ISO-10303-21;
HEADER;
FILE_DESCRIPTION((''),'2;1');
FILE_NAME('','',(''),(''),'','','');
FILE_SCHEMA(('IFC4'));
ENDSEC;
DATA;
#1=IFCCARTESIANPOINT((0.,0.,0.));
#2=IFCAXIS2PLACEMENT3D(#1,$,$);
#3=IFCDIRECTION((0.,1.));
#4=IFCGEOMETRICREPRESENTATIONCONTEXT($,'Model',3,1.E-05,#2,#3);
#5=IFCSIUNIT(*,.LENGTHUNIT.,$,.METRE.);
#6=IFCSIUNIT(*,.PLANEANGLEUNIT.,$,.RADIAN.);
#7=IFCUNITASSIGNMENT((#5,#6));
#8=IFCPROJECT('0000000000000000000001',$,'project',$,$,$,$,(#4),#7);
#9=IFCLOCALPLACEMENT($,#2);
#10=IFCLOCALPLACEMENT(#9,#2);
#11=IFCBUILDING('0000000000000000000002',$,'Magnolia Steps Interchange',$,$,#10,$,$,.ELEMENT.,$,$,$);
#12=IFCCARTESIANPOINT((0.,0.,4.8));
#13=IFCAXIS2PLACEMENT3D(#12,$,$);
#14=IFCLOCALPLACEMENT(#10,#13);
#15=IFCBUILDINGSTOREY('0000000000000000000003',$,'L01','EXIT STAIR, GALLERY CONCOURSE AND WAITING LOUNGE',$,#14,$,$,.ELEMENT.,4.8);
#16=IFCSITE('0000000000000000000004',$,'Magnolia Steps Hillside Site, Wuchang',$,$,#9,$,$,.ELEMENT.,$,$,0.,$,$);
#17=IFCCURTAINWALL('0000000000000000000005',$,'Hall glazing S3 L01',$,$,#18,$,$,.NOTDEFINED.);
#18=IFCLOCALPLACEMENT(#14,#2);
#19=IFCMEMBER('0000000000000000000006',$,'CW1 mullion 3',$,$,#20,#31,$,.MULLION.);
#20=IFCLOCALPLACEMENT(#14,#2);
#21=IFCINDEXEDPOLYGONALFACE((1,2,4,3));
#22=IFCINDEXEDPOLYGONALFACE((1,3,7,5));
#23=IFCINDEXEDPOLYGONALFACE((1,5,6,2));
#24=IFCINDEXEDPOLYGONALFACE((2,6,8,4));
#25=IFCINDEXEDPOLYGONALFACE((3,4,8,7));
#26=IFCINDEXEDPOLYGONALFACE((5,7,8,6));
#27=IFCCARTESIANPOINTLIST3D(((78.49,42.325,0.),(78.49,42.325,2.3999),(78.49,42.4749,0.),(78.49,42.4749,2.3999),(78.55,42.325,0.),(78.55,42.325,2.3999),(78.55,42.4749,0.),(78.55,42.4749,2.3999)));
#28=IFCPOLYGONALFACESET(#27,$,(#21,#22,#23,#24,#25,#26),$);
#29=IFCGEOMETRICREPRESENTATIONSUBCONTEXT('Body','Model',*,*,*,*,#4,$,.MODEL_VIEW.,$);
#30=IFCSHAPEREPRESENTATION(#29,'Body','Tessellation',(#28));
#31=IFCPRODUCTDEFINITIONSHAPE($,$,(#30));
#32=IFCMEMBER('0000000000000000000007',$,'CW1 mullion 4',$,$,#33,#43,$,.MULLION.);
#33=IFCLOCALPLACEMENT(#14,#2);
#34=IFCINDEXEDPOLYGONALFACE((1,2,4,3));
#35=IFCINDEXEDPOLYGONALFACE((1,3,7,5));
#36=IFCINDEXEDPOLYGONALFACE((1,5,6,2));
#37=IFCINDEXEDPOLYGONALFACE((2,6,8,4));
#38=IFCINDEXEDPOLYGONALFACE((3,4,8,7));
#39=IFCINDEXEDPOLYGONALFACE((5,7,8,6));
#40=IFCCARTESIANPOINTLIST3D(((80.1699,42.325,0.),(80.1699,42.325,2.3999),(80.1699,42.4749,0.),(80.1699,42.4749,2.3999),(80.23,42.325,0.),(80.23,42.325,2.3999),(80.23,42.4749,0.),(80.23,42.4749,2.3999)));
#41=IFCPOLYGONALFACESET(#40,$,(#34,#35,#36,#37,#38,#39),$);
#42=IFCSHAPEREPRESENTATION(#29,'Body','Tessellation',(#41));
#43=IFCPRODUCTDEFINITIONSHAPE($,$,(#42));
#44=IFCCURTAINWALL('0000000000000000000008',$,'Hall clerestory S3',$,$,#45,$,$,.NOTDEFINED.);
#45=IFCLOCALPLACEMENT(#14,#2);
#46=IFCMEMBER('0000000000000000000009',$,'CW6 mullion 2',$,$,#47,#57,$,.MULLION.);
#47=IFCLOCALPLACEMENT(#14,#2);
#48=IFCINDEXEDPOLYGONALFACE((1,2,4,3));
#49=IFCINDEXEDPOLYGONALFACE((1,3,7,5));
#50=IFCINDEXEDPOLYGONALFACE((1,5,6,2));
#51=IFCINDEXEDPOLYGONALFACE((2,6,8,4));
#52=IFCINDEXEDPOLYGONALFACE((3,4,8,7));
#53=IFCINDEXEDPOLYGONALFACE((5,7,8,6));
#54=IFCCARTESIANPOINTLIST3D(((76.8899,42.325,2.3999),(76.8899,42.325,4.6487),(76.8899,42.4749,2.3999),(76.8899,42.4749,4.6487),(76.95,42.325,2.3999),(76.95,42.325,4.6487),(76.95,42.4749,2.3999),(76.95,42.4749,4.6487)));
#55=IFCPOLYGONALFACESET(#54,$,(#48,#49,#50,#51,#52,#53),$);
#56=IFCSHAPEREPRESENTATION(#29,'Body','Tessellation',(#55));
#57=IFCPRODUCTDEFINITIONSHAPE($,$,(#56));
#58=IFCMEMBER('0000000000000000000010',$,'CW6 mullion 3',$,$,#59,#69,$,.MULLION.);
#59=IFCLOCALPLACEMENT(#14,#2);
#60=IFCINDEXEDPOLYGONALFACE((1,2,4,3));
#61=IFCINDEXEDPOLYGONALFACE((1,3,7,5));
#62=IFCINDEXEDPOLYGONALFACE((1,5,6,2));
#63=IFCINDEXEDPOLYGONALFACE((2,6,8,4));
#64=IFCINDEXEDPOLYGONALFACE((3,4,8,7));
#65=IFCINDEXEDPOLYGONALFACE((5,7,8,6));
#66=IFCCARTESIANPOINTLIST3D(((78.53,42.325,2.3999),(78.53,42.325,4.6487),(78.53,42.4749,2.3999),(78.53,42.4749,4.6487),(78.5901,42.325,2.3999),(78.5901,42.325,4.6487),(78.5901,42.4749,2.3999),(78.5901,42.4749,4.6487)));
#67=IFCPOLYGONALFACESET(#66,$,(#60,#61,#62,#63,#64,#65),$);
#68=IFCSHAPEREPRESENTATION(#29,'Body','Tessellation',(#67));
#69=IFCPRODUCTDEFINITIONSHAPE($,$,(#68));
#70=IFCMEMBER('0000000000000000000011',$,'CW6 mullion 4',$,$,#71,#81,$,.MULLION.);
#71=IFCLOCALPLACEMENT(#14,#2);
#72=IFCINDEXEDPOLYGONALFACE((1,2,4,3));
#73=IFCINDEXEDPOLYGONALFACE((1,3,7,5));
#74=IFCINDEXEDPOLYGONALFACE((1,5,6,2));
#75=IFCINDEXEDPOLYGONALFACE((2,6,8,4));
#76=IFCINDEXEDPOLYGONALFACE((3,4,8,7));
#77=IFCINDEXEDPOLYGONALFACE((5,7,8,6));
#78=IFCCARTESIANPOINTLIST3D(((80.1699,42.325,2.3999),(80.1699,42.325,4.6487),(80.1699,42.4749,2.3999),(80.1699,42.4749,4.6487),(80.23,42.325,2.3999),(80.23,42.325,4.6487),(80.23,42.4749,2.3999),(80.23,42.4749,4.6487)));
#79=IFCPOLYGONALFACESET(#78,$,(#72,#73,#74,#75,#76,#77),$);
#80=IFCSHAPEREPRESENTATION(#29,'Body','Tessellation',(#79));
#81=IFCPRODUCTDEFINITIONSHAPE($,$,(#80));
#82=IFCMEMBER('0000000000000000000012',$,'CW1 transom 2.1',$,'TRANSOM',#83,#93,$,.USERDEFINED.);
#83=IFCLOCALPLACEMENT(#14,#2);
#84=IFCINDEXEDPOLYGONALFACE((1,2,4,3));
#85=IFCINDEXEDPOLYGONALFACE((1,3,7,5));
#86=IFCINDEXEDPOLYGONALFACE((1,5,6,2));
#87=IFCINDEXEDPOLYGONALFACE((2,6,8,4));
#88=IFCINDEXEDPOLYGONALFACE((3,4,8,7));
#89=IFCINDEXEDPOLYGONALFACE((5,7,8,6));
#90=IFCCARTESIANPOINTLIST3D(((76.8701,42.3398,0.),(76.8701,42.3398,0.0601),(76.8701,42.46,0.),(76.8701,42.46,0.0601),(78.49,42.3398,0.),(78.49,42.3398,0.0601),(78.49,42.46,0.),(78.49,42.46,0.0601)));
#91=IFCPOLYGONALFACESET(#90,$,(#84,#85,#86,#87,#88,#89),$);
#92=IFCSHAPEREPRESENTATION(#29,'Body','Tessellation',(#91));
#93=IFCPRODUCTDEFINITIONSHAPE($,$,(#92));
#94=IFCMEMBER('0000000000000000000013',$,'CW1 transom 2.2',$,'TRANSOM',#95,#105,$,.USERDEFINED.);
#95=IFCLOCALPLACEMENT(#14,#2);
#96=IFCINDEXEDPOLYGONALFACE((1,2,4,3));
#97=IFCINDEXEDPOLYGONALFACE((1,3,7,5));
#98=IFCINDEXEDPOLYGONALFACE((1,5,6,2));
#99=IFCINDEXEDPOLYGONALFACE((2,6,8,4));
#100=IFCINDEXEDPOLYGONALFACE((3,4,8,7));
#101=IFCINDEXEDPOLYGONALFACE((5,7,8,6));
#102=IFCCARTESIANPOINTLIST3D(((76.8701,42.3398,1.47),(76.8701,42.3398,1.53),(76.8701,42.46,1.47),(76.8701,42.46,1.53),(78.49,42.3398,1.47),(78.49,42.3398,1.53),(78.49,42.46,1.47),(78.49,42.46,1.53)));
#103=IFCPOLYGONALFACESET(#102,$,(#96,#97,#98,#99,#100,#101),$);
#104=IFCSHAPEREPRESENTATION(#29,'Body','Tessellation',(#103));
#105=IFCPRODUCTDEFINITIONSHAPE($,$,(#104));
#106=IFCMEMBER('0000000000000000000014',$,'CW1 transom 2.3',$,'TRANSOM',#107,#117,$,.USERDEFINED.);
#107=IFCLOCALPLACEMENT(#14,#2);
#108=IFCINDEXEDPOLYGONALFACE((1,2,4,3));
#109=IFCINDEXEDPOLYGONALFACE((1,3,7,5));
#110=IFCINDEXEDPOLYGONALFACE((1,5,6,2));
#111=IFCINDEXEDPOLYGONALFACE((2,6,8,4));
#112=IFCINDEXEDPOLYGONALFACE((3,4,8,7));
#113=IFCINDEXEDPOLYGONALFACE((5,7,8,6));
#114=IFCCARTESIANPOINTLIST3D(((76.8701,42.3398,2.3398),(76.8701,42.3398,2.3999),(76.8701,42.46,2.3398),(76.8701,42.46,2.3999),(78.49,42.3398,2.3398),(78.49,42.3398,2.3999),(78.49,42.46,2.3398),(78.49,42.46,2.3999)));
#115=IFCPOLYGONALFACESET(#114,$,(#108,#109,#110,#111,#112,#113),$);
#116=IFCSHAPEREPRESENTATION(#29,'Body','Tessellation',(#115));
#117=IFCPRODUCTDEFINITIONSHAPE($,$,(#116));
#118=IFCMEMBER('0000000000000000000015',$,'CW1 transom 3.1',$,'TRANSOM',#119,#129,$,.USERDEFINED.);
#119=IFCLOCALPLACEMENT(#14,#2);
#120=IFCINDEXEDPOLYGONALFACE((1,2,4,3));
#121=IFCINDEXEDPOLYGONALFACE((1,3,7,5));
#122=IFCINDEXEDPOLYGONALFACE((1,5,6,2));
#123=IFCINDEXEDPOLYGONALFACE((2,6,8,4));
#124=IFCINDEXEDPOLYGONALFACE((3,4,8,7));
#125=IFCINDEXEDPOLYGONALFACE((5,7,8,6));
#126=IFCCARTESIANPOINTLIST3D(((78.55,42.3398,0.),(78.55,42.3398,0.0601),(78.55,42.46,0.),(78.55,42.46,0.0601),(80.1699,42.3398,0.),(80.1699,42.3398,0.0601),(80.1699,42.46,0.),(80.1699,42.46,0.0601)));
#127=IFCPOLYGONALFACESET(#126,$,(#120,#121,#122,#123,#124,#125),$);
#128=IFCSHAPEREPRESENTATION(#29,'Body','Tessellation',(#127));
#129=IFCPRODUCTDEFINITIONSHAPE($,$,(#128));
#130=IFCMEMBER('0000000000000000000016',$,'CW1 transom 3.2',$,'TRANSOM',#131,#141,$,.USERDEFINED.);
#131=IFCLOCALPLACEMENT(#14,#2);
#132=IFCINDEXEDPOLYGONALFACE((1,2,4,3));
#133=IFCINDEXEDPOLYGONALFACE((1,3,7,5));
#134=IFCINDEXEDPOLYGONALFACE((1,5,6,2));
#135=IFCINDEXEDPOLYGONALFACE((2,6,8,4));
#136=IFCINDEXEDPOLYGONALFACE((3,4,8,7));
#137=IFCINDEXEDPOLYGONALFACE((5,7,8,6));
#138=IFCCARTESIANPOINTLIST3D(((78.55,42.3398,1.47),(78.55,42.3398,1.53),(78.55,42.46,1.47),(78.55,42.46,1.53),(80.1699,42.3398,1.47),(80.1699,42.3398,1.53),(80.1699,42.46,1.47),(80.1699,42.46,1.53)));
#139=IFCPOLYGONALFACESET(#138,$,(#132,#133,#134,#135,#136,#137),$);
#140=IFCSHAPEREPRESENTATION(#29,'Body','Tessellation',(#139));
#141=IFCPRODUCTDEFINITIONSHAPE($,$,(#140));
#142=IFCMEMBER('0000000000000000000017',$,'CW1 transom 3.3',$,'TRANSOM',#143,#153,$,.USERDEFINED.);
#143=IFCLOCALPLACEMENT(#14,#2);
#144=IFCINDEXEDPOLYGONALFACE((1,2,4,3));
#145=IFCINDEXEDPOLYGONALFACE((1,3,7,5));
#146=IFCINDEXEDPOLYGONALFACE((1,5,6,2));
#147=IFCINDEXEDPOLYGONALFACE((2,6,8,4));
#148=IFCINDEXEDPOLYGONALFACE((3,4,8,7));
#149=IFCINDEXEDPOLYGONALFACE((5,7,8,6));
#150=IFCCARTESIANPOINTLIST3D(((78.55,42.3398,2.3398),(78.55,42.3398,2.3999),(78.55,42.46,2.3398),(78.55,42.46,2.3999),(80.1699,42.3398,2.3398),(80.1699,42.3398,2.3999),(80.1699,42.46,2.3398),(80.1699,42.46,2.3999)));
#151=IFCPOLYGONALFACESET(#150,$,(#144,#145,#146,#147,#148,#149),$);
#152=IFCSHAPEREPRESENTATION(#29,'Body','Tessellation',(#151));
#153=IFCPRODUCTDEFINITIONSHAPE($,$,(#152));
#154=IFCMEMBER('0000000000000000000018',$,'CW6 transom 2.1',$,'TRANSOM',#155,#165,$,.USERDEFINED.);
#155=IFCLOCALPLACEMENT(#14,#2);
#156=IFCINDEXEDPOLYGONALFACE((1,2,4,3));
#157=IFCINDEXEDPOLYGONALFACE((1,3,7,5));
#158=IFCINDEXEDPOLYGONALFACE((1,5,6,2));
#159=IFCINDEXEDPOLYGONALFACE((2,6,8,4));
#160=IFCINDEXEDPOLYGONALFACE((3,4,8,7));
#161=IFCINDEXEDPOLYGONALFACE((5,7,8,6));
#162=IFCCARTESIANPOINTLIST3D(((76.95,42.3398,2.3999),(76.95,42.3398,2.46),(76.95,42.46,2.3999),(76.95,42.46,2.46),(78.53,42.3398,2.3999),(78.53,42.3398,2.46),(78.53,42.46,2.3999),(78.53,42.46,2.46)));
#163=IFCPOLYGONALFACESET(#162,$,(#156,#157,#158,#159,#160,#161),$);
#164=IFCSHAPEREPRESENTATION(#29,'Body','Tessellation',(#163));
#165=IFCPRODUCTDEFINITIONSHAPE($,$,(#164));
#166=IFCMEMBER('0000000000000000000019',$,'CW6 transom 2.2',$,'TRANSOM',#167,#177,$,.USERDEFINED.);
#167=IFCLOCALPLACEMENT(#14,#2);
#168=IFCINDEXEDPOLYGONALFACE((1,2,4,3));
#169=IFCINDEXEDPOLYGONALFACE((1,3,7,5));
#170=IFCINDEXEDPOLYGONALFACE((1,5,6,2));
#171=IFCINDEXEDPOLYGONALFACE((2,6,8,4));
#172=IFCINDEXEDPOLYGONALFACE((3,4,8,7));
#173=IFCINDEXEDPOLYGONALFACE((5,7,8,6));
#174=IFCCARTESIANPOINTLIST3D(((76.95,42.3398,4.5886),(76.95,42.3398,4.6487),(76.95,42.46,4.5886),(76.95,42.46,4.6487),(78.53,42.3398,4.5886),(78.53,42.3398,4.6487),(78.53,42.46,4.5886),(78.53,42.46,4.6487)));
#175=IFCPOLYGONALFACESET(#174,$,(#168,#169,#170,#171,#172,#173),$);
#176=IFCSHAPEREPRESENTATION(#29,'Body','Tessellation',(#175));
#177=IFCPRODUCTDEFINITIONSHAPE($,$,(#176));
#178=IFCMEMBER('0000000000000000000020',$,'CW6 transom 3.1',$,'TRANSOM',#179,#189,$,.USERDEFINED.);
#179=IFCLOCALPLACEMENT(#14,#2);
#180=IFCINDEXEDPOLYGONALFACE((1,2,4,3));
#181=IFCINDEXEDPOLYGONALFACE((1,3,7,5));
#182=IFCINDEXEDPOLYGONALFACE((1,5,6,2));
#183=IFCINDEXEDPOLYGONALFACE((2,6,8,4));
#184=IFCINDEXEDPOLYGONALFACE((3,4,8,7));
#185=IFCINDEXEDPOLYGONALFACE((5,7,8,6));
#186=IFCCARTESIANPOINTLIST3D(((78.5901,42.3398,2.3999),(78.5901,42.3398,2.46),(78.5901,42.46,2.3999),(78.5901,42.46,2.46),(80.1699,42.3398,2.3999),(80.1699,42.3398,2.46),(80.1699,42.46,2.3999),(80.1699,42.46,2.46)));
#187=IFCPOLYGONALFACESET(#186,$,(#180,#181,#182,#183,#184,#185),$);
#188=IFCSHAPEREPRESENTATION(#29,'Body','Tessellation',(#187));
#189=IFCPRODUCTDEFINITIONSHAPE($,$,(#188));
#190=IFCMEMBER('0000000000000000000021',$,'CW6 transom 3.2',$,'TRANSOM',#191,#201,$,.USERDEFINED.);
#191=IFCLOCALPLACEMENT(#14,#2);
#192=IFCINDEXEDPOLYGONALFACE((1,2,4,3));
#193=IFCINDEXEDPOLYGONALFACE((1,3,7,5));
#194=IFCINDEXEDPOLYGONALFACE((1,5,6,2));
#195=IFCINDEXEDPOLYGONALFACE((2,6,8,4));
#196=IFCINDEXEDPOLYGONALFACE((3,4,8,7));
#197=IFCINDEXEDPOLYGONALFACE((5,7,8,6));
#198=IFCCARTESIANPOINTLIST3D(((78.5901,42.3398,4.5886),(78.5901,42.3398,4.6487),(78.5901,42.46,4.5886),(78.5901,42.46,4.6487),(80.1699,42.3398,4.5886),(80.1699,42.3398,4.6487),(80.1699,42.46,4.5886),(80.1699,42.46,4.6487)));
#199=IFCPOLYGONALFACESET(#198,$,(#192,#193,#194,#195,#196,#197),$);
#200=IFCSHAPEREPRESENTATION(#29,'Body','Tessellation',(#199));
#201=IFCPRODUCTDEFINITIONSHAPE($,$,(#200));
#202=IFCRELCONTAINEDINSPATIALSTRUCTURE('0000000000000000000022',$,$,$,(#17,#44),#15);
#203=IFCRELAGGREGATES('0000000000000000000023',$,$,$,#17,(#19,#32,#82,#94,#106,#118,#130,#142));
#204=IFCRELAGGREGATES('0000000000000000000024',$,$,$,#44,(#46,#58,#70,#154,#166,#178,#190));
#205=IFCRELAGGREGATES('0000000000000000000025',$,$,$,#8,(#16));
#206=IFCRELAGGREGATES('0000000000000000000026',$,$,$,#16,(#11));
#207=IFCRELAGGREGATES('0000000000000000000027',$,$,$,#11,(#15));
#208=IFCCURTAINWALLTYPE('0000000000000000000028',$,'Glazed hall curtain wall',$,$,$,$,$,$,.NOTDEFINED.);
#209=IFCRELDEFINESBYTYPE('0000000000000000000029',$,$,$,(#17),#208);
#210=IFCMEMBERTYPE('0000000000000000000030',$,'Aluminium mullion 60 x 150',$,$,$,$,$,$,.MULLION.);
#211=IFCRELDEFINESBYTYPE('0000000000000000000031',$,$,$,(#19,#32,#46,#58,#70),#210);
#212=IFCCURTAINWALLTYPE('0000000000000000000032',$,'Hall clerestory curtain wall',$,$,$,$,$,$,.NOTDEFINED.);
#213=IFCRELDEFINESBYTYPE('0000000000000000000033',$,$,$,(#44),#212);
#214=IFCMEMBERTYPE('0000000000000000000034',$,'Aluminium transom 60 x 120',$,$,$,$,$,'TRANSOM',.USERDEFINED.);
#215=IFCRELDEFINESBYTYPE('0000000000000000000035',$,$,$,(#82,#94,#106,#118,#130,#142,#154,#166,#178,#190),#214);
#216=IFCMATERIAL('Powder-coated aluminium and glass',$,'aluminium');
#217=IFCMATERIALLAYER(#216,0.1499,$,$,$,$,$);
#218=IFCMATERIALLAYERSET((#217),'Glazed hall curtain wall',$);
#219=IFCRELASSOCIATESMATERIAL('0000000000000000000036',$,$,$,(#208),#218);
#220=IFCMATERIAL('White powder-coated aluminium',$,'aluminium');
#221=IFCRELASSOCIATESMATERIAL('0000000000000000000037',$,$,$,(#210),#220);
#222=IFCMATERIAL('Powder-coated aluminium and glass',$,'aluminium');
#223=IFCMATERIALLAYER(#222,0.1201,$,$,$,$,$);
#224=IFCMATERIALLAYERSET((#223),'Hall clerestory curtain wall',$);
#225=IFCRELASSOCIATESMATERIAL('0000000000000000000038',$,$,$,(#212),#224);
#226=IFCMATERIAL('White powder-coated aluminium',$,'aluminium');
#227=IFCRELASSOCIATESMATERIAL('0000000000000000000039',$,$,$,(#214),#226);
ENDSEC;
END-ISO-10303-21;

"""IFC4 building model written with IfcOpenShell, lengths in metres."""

from ifc_helpers import new_model, si_unit, direction, frame, origin, origin_2d, place, context, subcontext, project, spatial, rectangle, extrude, material, layer, layer_set, material_profile, profile_set, type_object, element, aggregate, save


model = new_model("IFC4")

# Units and contexts
model_context = context("Model", 3, precision=1e-05, world=origin(), true_north=direction((0.0, 1.0)))
body_context = subcontext(model_context, "Body", "Model", "MODEL_VIEW")
ifc_project = project(units=[si_unit("LENGTHUNIT", "METRE"), si_unit("PLANEANGLEUNIT", "RADIAN")], contexts=[model_context])

# Site, building, storey
site_placement = place(None, origin())
site = spatial("IfcSite", under=ifc_project, at=site_placement, Name="Magnolia Steps Hillside Site, Wuchang", CompositionType="ELEMENT", RefElevation=0.0)
building_placement = place(site_placement, origin())
building = spatial("IfcBuilding", under=site, at=building_placement, Name="Magnolia Steps Interchange", CompositionType="ELEMENT")
storey_placement = place(building_placement, frame((0.0, 0.0, 4.8)))
storey = spatial("IfcBuildingStorey", under=building, at=storey_placement, Name="L01", Description="EXIT STAIR, GALLERY CONCOURSE AND WAITING LOUNGE", CompositionType="ELEMENT", Elevation=4.8)

# Curtain walls, members
ifc_material_1 = material(Name="Powder-coated aluminium and glass", Category="aluminium")
ifc_layer_1 = layer(ifc_material_1, 0.1499)
ifc_layer_set_1 = layer_set([ifc_layer_1], Name="Glazed hall curtain wall")
curtain_wall_type_1 = type_object("IfcCurtainWallType", Name="Glazed hall curtain wall", PredefinedType="NOTDEFINED", material=ifc_layer_set_1)
curtain_wall_1_placement = place(storey_placement, origin())
curtain_wall_1 = element("IfcCurtainWall", 1, at=curtain_wall_1_placement, inside=storey, type_object=curtain_wall_type_1, Name="Hall glazing S3 L01", PredefinedType="NOTDEFINED")
ifc_material_2 = material(Name="White powder-coated aluminium", Category="aluminium")
ifc_material_profile_1 = material_profile(ifc_material_2, rectangle(XDim=0.0601, YDim=0.1499, at=origin_2d()), Name="Aluminium mullion 60 x 150")
ifc_profile_set_1 = profile_set([ifc_material_profile_1], Name="White powder-coated aluminium")
member_type_1 = type_object("IfcMemberType", Name="Aluminium mullion 60 x 150", PredefinedType="MULLION", material=ifc_profile_set_1)
member_1_placement = place(storey_placement, frame((78.52, 42.3999, 0.0), z_axis=(0.0, 0.0, 1.0), x_axis=(1.0, 0.0, 0.0)))
member_1 = element("IfcMember", 2, at=member_1_placement, type_object=member_type_1, Name="CW1 mullion 3", PredefinedType="MULLION", context=body_context, shape_type="SweptSolid", body=[
    extrude(rectangle(XDim=0.0601, YDim=0.1499, at=origin_2d()), origin(), (0.0, 0.0, 1.0), 2.3999),
])
member_2_placement = place(storey_placement, frame((80.2, 42.3999, 0.0), z_axis=(0.0, 0.0, 1.0), x_axis=(1.0, 0.0, 0.0)))
member_2 = element("IfcMember", 3, at=member_2_placement, type_object=member_type_1, Name="CW1 mullion 4", PredefinedType="MULLION", context=body_context, shape_type="SweptSolid", body=[
    extrude(rectangle(XDim=0.0601, YDim=0.1499, at=origin_2d()), origin(), (0.0, 0.0, 1.0), 2.3999),
])
ifc_material_3 = material(Name="Powder-coated aluminium and glass", Category="aluminium")
ifc_layer_2 = layer(ifc_material_3, 0.1201)
ifc_layer_set_2 = layer_set([ifc_layer_2], Name="Hall clerestory curtain wall")
curtain_wall_type_2 = type_object("IfcCurtainWallType", Name="Hall clerestory curtain wall", PredefinedType="NOTDEFINED", material=ifc_layer_set_2)
curtain_wall_2_placement = place(storey_placement, origin())
curtain_wall_2 = element("IfcCurtainWall", 4, at=curtain_wall_2_placement, inside=storey, type_object=curtain_wall_type_2, Name="Hall clerestory S3", PredefinedType="NOTDEFINED")
member_3_placement = place(storey_placement, frame((76.9199, 42.3999, 2.3999), z_axis=(0.0, 0.0, 1.0), x_axis=(1.0, 0.0, 0.0)))
member_3 = element("IfcMember", 5, at=member_3_placement, type_object=member_type_1, Name="CW6 mullion 2", PredefinedType="MULLION", context=body_context, shape_type="SweptSolid", body=[
    extrude(rectangle(XDim=0.0601, YDim=0.1499, at=origin_2d()), origin(), (0.0, 0.0, 1.0), 2.2488),
])
member_4_placement = place(storey_placement, frame((78.5601, 42.3999, 2.3999), z_axis=(0.0, 0.0, 1.0), x_axis=(1.0, 0.0, 0.0)))
member_4 = element("IfcMember", 6, at=member_4_placement, type_object=member_type_1, Name="CW6 mullion 3", PredefinedType="MULLION", context=body_context, shape_type="SweptSolid", body=[
    extrude(rectangle(XDim=0.0601, YDim=0.1499, at=origin_2d()), origin(), (0.0, 0.0, 1.0), 2.2488),
])
member_5_placement = place(storey_placement, frame((80.2, 42.3999, 2.3999), z_axis=(0.0, 0.0, 1.0), x_axis=(1.0, 0.0, 0.0)))
member_5 = element("IfcMember", 7, at=member_5_placement, type_object=member_type_1, Name="CW6 mullion 4", PredefinedType="MULLION", context=body_context, shape_type="SweptSolid", body=[
    extrude(rectangle(XDim=0.0601, YDim=0.1499, at=origin_2d()), origin(), (0.0, 0.0, 1.0), 2.2488),
])

# Members
ifc_material_4 = material(Name="White powder-coated aluminium", Category="aluminium")
ifc_material_profile_2 = material_profile(ifc_material_4, rectangle(XDim=0.0601, YDim=0.1201, at=origin_2d()), Name="Aluminium transom 60 x 120")
ifc_profile_set_2 = profile_set([ifc_material_profile_2], Name="White powder-coated aluminium")
member_type_2 = type_object("IfcMemberType", Name="Aluminium transom 60 x 120", ElementType="TRANSOM", PredefinedType="USERDEFINED", material=ifc_profile_set_2)
member_6_placement = place(storey_placement, frame((76.8701, 42.3999, 0.03), z_axis=(1.0, 0.0, 0.0), x_axis=(0.0, 0.0, 1.0)))
member_6 = element("IfcMember", 8, at=member_6_placement, type_object=member_type_2, Name="CW1 transom 2.1", ObjectType="TRANSOM", PredefinedType="USERDEFINED", context=body_context, shape_type="SweptSolid", body=[
    extrude(rectangle(XDim=0.0601, YDim=0.1201, at=origin_2d()), origin(), (0.0, 0.0, 1.0), 1.6199),
])
member_7_placement = place(storey_placement, frame((76.8701, 42.3999, 1.5), z_axis=(1.0, 0.0, 0.0), x_axis=(0.0, 0.0, 1.0)))
member_7 = element("IfcMember", 9, at=member_7_placement, type_object=member_type_2, Name="CW1 transom 2.2", ObjectType="TRANSOM", PredefinedType="USERDEFINED", context=body_context, shape_type="SweptSolid", body=[
    extrude(rectangle(XDim=0.0601, YDim=0.1201, at=origin_2d()), origin(), (0.0, 0.0, 1.0), 1.6199),
])
member_8_placement = place(storey_placement, frame((76.8701, 42.3999, 2.3699), z_axis=(1.0, 0.0, 0.0), x_axis=(0.0, 0.0, 1.0)))
member_8 = element("IfcMember", 10, at=member_8_placement, type_object=member_type_2, Name="CW1 transom 2.3", ObjectType="TRANSOM", PredefinedType="USERDEFINED", context=body_context, shape_type="SweptSolid", body=[
    extrude(rectangle(XDim=0.0601, YDim=0.1201, at=origin_2d()), origin(), (0.0, 0.0, 1.0), 1.6199),
])
member_9_placement = place(storey_placement, frame((78.55, 42.3999, 0.03), z_axis=(1.0, 0.0, 0.0), x_axis=(0.0, 0.0, 1.0)))
member_9 = element("IfcMember", 11, at=member_9_placement, type_object=member_type_2, Name="CW1 transom 3.1", ObjectType="TRANSOM", PredefinedType="USERDEFINED", context=body_context, shape_type="SweptSolid", body=[
    extrude(rectangle(XDim=0.0601, YDim=0.1201, at=origin_2d()), origin(), (0.0, 0.0, 1.0), 1.6199),
])
member_10_placement = place(storey_placement, frame((78.55, 42.3999, 1.5), z_axis=(1.0, 0.0, 0.0), x_axis=(0.0, 0.0, 1.0)))
member_10 = element("IfcMember", 12, at=member_10_placement, type_object=member_type_2, Name="CW1 transom 3.2", ObjectType="TRANSOM", PredefinedType="USERDEFINED", context=body_context, shape_type="SweptSolid", body=[
    extrude(rectangle(XDim=0.0601, YDim=0.1201, at=origin_2d()), origin(), (0.0, 0.0, 1.0), 1.6199),
])
member_11_placement = place(storey_placement, frame((78.55, 42.3999, 2.3699), z_axis=(1.0, 0.0, 0.0), x_axis=(0.0, 0.0, 1.0)))
member_11 = element("IfcMember", 13, at=member_11_placement, type_object=member_type_2, Name="CW1 transom 3.3", ObjectType="TRANSOM", PredefinedType="USERDEFINED", context=body_context, shape_type="SweptSolid", body=[
    extrude(rectangle(XDim=0.0601, YDim=0.1201, at=origin_2d()), origin(), (0.0, 0.0, 1.0), 1.6199),
])
member_12_placement = place(storey_placement, frame((76.95, 42.3999, 2.4299), z_axis=(1.0, 0.0, 0.0), x_axis=(0.0, 0.0, 1.0)))
member_12 = element("IfcMember", 14, at=member_12_placement, type_object=member_type_2, Name="CW6 transom 2.1", ObjectType="TRANSOM", PredefinedType="USERDEFINED", context=body_context, shape_type="SweptSolid", body=[
    extrude(rectangle(XDim=0.0601, YDim=0.1201, at=origin_2d()), origin(), (0.0, 0.0, 1.0), 1.5801),
])
member_13_placement = place(storey_placement, frame((76.95, 42.3999, 4.6187), z_axis=(1.0, 0.0, 0.0), x_axis=(0.0, 0.0, 1.0)))
member_13 = element("IfcMember", 15, at=member_13_placement, type_object=member_type_2, Name="CW6 transom 2.2", ObjectType="TRANSOM", PredefinedType="USERDEFINED", context=body_context, shape_type="SweptSolid", body=[
    extrude(rectangle(XDim=0.0601, YDim=0.1201, at=origin_2d()), origin(), (0.0, 0.0, 1.0), 1.5801),
])
member_14_placement = place(storey_placement, frame((78.5901, 42.3999, 2.4299), z_axis=(1.0, 0.0, 0.0), x_axis=(0.0, 0.0, 1.0)))
member_14 = element("IfcMember", 16, at=member_14_placement, type_object=member_type_2, Name="CW6 transom 3.1", ObjectType="TRANSOM", PredefinedType="USERDEFINED", context=body_context, shape_type="SweptSolid", body=[
    extrude(rectangle(XDim=0.0601, YDim=0.1201, at=origin_2d()), origin(), (0.0, 0.0, 1.0), 1.5798),
])
member_15_placement = place(storey_placement, frame((78.5901, 42.3999, 4.6187), z_axis=(1.0, 0.0, 0.0), x_axis=(0.0, 0.0, 1.0)))
member_15 = element("IfcMember", 17, at=member_15_placement, type_object=member_type_2, Name="CW6 transom 3.2", ObjectType="TRANSOM", PredefinedType="USERDEFINED", context=body_context, shape_type="SweptSolid", body=[
    extrude(rectangle(XDim=0.0601, YDim=0.1201, at=origin_2d()), origin(), (0.0, 0.0, 1.0), 1.5798),
])

aggregate(curtain_wall_1, [member_1, member_2, member_6, member_7, member_8, member_9, member_10, member_11])
aggregate(curtain_wall_2, [member_3, member_4, member_5, member_12, member_13, member_14, member_15])

save(model, "model.ifc")
